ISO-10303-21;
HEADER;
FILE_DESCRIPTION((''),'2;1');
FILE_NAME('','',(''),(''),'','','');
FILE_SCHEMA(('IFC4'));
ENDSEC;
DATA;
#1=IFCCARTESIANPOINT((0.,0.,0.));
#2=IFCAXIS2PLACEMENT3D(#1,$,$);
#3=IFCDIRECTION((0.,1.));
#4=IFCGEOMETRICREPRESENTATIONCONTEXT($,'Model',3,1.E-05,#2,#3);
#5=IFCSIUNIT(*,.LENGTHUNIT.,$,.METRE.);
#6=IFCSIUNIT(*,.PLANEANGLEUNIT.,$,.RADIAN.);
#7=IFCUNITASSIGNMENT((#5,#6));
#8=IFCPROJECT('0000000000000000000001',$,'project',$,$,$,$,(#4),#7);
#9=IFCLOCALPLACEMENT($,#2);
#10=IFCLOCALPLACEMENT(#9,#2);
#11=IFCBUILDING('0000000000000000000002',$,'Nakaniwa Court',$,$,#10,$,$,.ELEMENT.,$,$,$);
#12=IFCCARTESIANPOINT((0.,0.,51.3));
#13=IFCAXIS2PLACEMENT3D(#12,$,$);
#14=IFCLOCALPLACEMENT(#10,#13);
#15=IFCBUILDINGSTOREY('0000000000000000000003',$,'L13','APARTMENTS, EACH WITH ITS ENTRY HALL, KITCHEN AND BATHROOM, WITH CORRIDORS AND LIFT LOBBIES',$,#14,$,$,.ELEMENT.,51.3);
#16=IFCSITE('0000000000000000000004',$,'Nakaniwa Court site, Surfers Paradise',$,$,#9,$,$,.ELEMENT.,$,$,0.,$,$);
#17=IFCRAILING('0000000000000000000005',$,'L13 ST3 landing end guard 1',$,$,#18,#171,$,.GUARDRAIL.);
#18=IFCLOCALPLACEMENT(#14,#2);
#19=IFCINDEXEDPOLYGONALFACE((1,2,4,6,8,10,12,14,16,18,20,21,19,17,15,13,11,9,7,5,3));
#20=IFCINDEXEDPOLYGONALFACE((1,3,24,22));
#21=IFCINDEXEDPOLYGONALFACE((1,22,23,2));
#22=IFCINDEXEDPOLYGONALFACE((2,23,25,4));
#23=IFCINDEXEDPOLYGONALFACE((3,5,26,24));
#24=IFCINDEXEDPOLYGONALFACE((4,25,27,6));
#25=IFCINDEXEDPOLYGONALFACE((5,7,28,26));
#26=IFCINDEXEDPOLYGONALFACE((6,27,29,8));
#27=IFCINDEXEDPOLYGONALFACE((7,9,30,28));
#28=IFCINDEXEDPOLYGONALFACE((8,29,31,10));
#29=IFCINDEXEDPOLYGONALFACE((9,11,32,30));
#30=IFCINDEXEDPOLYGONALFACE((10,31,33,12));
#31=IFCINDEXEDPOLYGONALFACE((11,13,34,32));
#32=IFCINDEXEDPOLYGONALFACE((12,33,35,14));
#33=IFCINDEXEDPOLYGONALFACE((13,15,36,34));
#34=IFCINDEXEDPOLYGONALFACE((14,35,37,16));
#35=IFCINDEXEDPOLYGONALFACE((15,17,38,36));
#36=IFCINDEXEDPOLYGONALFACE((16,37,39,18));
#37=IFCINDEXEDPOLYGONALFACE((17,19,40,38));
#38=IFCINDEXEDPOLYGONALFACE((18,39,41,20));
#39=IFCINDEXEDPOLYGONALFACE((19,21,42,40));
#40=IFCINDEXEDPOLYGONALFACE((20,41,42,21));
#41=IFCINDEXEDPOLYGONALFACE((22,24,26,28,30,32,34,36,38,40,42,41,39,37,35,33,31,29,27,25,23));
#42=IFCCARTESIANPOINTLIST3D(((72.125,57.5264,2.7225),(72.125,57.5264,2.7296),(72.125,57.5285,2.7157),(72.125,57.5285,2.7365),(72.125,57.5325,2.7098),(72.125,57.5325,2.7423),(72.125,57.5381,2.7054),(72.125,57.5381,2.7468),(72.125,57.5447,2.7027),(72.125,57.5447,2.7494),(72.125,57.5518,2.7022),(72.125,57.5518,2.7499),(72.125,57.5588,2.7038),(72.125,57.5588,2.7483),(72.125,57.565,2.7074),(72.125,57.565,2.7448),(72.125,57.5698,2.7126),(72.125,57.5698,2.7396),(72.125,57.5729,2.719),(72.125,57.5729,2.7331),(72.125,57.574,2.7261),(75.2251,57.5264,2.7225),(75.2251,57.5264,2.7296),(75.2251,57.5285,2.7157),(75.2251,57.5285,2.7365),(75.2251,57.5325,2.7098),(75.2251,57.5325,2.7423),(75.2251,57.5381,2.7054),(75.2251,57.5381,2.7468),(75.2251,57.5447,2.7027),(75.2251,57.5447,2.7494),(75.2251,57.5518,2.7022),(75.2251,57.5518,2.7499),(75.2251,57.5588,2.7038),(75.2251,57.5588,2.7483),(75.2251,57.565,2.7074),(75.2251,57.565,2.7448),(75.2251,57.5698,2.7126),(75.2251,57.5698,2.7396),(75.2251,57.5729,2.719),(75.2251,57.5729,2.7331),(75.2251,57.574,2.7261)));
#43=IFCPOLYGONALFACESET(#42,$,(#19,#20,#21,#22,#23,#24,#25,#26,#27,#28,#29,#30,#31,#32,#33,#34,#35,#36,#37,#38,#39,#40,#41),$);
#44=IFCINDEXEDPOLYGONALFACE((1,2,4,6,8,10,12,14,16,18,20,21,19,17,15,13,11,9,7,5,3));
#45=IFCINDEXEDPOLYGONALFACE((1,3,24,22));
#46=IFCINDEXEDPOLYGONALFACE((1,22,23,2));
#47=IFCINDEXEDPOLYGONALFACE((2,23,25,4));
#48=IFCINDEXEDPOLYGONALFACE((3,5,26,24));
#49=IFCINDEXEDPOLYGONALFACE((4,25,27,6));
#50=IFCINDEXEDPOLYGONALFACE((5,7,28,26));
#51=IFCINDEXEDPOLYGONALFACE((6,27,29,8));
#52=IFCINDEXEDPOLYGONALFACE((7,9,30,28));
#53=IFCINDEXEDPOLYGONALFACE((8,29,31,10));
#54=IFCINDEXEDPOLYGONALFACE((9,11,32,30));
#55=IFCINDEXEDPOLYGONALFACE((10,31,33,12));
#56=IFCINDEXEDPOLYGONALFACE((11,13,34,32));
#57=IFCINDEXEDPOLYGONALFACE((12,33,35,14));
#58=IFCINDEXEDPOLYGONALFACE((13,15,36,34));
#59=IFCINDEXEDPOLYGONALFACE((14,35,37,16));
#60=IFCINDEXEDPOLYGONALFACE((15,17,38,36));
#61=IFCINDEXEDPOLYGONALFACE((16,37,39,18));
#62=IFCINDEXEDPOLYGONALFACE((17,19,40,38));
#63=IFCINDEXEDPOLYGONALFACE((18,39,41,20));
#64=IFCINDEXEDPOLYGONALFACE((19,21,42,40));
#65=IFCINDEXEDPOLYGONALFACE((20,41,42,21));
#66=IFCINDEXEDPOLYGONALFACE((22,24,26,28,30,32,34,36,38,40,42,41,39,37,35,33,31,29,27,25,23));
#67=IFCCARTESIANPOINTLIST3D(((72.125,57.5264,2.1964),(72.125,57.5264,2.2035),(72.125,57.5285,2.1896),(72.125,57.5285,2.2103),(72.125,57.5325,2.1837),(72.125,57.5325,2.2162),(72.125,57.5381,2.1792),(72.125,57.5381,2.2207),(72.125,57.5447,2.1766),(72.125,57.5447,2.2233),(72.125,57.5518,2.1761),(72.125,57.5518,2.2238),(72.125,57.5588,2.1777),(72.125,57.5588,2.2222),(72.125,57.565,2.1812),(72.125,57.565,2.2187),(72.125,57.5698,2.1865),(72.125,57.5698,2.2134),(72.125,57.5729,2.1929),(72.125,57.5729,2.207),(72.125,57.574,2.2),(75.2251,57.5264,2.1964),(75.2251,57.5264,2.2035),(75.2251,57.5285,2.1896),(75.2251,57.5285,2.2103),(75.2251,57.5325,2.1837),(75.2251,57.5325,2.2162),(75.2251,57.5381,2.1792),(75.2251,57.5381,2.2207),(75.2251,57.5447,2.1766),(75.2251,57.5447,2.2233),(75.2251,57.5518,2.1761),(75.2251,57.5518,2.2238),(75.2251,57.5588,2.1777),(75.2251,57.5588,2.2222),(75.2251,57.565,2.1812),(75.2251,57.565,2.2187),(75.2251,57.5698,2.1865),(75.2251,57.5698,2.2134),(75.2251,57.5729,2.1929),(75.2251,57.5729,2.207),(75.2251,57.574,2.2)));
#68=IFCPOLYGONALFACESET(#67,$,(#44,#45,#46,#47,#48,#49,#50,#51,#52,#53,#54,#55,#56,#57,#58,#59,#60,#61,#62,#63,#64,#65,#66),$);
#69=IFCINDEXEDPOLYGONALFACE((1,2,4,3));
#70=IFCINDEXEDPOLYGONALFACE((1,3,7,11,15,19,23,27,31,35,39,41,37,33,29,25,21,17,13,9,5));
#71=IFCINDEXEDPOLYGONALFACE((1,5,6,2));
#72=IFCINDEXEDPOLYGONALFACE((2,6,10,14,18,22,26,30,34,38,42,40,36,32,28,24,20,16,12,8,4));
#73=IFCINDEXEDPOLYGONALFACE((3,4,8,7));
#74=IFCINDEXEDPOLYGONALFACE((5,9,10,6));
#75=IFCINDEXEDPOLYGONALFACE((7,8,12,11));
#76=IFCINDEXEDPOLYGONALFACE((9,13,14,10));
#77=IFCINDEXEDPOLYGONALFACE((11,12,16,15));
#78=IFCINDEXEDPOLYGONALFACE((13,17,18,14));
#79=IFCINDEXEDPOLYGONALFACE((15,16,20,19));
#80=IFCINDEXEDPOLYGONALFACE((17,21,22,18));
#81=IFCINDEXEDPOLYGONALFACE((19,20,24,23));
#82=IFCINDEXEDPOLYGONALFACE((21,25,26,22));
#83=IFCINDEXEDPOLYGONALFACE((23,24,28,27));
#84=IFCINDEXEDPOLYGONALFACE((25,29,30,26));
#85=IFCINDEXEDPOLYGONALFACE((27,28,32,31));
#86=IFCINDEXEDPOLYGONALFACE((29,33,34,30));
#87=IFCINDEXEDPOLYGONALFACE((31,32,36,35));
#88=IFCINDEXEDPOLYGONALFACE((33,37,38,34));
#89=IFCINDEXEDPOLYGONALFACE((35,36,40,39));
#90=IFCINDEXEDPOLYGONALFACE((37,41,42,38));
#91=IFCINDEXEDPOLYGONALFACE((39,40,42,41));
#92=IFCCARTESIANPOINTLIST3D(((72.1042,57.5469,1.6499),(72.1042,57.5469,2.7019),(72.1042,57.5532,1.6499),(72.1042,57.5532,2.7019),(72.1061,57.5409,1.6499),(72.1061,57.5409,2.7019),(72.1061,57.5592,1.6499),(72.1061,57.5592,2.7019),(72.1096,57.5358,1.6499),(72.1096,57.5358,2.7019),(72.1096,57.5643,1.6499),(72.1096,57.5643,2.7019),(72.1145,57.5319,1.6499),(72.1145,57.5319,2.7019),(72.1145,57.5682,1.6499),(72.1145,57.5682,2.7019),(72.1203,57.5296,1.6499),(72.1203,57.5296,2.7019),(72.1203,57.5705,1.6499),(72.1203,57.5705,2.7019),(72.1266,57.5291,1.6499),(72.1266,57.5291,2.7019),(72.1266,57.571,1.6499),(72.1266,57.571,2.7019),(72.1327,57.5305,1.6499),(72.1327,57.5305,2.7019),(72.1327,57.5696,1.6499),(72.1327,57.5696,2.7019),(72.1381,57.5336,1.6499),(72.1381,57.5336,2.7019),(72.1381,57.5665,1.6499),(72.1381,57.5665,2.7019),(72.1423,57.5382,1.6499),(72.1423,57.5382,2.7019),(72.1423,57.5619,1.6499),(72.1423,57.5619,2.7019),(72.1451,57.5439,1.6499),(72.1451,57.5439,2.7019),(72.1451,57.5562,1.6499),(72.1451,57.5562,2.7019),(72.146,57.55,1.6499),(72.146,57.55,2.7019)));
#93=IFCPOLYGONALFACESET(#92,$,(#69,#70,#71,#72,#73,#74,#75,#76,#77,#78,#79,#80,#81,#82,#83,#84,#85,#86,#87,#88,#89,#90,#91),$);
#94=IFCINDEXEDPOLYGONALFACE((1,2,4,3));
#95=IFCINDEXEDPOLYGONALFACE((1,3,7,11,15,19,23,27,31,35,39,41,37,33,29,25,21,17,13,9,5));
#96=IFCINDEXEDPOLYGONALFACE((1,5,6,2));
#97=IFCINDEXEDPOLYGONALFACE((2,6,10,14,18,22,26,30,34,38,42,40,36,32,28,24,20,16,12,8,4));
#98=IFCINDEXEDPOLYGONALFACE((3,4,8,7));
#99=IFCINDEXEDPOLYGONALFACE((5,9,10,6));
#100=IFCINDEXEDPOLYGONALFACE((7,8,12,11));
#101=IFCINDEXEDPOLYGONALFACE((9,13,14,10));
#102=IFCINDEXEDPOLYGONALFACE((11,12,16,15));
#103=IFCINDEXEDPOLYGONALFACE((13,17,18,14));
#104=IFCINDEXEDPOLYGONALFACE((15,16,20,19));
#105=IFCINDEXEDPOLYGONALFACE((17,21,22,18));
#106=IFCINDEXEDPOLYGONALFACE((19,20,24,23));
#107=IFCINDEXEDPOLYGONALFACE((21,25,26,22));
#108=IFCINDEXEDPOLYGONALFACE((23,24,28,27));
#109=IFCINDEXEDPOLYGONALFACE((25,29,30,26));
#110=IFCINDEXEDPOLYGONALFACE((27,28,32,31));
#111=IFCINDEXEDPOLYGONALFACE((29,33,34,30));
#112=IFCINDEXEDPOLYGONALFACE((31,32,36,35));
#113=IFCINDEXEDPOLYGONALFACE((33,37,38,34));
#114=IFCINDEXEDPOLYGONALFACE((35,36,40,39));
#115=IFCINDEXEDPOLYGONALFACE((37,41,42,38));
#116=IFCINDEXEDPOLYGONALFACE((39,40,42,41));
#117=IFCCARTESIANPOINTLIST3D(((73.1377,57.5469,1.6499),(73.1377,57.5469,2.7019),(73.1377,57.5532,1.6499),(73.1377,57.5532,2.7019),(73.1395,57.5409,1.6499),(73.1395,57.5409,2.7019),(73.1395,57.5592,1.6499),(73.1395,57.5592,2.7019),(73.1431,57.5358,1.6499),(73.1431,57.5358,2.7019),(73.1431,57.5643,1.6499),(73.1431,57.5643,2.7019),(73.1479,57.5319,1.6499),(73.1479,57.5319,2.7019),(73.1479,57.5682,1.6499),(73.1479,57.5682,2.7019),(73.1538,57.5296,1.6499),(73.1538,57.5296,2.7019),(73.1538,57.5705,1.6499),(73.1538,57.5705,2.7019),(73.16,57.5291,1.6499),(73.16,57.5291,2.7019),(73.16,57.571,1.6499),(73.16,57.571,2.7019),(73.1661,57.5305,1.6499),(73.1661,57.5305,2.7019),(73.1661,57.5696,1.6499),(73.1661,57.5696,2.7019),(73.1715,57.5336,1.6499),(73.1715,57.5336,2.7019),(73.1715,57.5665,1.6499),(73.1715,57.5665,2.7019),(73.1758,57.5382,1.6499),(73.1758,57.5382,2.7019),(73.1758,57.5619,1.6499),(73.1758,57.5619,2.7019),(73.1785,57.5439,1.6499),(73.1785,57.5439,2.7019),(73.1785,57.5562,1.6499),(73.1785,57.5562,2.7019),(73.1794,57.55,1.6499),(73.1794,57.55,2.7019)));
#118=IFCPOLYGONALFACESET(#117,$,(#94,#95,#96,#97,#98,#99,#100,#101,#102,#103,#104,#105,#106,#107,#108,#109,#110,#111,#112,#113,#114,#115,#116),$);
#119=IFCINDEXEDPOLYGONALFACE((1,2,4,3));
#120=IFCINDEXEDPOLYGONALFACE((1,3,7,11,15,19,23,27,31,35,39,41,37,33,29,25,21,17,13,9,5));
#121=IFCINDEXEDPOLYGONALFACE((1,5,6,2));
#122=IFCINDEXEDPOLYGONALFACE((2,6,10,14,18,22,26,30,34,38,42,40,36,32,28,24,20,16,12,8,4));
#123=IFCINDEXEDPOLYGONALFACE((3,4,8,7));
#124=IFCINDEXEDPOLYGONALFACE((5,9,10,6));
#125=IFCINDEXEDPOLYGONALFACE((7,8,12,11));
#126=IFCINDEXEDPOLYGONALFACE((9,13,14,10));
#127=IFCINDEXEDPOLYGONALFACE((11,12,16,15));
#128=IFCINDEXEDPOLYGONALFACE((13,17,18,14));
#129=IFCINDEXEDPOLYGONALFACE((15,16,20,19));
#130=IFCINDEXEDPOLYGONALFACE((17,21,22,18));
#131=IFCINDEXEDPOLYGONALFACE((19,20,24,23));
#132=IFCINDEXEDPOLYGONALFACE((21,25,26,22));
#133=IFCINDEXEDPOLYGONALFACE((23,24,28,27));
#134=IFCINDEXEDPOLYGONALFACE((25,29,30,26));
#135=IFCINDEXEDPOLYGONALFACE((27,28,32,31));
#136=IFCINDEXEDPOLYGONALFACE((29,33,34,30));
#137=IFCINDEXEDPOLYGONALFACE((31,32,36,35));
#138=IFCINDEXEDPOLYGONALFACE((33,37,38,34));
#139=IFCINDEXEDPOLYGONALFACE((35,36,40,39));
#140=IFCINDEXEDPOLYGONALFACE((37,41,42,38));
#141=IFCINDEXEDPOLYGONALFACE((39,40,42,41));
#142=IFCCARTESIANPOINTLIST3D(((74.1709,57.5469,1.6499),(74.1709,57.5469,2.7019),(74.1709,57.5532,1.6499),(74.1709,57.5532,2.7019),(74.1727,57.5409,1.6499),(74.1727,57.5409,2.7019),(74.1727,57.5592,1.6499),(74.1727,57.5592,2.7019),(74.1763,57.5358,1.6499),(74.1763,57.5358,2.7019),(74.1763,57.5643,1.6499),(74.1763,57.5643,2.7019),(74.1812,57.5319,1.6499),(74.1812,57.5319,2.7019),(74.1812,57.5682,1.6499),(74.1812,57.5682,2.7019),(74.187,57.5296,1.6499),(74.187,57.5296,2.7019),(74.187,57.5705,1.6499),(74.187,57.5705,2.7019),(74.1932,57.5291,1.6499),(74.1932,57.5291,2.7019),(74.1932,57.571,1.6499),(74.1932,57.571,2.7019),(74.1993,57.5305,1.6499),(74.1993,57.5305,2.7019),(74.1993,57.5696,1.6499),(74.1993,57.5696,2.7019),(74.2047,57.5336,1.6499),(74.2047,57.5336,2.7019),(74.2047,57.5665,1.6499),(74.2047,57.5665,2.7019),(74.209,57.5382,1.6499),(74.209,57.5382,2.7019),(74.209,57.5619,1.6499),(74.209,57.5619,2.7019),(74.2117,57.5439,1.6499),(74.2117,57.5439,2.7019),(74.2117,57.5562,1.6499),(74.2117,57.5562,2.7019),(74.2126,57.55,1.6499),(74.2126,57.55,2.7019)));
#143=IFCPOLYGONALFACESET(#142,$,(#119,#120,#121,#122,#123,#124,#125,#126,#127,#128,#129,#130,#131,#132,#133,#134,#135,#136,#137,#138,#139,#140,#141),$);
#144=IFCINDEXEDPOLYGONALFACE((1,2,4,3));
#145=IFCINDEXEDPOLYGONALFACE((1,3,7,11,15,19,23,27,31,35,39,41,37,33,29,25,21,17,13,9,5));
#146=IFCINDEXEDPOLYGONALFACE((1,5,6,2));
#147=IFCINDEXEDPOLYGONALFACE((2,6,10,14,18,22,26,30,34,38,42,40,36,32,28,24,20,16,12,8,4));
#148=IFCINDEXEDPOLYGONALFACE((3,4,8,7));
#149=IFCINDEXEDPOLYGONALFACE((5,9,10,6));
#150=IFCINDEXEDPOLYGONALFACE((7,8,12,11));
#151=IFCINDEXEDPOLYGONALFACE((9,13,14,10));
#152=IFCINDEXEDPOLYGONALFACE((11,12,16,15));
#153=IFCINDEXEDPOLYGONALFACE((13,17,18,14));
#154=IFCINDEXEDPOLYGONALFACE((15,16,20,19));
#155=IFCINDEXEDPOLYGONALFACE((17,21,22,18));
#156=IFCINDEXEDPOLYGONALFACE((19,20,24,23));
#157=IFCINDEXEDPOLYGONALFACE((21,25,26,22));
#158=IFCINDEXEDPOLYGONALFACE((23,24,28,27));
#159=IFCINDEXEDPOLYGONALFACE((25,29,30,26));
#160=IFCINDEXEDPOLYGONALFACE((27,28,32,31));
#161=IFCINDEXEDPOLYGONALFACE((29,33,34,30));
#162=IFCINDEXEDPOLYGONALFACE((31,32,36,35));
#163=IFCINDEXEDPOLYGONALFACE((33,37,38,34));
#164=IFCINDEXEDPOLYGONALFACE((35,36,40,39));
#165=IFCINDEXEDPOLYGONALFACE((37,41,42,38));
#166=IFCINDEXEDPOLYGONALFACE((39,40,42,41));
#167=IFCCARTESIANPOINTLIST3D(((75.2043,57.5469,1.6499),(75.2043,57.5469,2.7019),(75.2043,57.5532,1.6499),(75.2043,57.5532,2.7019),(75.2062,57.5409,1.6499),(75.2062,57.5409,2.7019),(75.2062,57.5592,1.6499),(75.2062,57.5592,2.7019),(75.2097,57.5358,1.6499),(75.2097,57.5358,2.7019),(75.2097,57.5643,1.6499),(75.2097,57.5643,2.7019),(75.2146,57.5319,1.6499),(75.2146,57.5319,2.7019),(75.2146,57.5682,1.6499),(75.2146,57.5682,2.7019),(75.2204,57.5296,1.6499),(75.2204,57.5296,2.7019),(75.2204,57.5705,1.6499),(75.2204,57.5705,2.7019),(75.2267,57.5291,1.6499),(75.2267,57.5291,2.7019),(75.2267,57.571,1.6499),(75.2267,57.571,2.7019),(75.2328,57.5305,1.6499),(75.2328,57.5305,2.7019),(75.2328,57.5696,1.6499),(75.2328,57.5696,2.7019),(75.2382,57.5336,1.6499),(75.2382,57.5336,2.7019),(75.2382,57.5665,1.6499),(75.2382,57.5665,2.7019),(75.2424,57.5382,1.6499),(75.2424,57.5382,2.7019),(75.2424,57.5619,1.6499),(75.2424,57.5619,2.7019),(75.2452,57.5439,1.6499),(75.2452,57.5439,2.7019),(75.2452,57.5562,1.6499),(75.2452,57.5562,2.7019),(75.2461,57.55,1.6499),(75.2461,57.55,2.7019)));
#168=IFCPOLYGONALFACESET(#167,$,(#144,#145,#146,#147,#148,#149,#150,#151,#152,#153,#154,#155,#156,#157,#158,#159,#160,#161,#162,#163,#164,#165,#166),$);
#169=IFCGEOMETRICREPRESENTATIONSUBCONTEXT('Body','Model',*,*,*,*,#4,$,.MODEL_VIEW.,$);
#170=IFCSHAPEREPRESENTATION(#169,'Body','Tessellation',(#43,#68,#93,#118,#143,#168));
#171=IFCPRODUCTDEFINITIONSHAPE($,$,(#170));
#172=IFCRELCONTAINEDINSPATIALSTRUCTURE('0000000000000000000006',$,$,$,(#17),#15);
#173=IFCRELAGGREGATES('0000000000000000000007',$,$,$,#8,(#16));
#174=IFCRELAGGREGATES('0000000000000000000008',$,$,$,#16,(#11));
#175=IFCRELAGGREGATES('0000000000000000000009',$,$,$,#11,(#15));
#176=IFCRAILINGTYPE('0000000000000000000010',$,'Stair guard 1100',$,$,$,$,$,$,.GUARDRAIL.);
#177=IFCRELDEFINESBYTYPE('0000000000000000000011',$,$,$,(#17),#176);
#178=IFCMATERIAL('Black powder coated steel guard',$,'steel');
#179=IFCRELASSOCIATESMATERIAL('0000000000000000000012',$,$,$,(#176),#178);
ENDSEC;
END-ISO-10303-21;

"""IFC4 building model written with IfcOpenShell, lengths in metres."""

from ifc_helpers import new_model, si_unit, direction, frame, origin, origin_2d, place, context, subcontext, project, spatial, circle, extrude, material, type_object, element, save


model = new_model("IFC4")

# Units and contexts
model_context = context("Model", 3, precision=1e-05, world=origin(), true_north=direction((0.0, 1.0)))
body_context = subcontext(model_context, "Body", "Model", "MODEL_VIEW")
ifc_project = project(units=[si_unit("LENGTHUNIT", "METRE"), si_unit("PLANEANGLEUNIT", "RADIAN")], contexts=[model_context])

# Site, building, storey
site_placement = place(None, origin())
site = spatial("IfcSite", under=ifc_project, at=site_placement, Name="Nakaniwa Court site, Surfers Paradise", CompositionType="ELEMENT", RefElevation=0.0)
building_placement = place(site_placement, origin())
building = spatial("IfcBuilding", under=site, at=building_placement, Name="Nakaniwa Court", CompositionType="ELEMENT")
storey_placement = place(building_placement, frame((0.0, 0.0, 51.3)))
storey = spatial("IfcBuildingStorey", under=building, at=storey_placement, Name="L13", Description="APARTMENTS, EACH WITH ITS ENTRY HALL, KITCHEN AND BATHROOM, WITH CORRIDORS AND LIFT LOBBIES", CompositionType="ELEMENT", Elevation=51.3)

# Railing
ifc_material_1 = material(Name="Black powder coated steel guard", Category="steel")
railing_type_1 = type_object("IfcRailingType", Name="Stair guard 1100", PredefinedType="GUARDRAIL", material=ifc_material_1)
railing_1_placement = place(storey_placement, frame((72.125, 57.55, 1.6499)))
element("IfcRailing", 1, at=railing_1_placement, inside=storey, type_object=railing_type_1, Name="L13 ST3 landing end guard 1", PredefinedType="GUARDRAIL", context=body_context, shape_type="SweptSolid", body=[
    extrude(circle(Radius=0.0239, at=origin_2d()), frame((0.0, 0.0, 1.0762), z_axis=(1.0, 0.0, 0.0), x_axis=(0.0, 1.0, 0.0)), (0.0, 0.0, 1.0), 3.1001),
    extrude(circle(Radius=0.0239, at=origin_2d()), frame((0.0, 0.0, 0.55), z_axis=(1.0, 0.0, 0.0), x_axis=(0.0, 1.0, 0.0)), (0.0, 0.0, 1.0), 3.1001),
    extrude(circle(Radius=0.021, at=origin_2d()), origin(), (0.0, 0.0, 1.0), 1.052),
    extrude(circle(Radius=0.021, at=origin_2d()), frame((1.0334, 0.0, 0.0)), (0.0, 0.0, 1.0), 1.052),
    extrude(circle(Radius=0.021, at=origin_2d()), frame((2.0667, 0.0, 0.0)), (0.0, 0.0, 1.0), 1.052),
    extrude(circle(Radius=0.021, at=origin_2d()), frame((3.1001, 0.0, 0.0)), (0.0, 0.0, 1.0), 1.052),
])

save(model, "model.ifc")
